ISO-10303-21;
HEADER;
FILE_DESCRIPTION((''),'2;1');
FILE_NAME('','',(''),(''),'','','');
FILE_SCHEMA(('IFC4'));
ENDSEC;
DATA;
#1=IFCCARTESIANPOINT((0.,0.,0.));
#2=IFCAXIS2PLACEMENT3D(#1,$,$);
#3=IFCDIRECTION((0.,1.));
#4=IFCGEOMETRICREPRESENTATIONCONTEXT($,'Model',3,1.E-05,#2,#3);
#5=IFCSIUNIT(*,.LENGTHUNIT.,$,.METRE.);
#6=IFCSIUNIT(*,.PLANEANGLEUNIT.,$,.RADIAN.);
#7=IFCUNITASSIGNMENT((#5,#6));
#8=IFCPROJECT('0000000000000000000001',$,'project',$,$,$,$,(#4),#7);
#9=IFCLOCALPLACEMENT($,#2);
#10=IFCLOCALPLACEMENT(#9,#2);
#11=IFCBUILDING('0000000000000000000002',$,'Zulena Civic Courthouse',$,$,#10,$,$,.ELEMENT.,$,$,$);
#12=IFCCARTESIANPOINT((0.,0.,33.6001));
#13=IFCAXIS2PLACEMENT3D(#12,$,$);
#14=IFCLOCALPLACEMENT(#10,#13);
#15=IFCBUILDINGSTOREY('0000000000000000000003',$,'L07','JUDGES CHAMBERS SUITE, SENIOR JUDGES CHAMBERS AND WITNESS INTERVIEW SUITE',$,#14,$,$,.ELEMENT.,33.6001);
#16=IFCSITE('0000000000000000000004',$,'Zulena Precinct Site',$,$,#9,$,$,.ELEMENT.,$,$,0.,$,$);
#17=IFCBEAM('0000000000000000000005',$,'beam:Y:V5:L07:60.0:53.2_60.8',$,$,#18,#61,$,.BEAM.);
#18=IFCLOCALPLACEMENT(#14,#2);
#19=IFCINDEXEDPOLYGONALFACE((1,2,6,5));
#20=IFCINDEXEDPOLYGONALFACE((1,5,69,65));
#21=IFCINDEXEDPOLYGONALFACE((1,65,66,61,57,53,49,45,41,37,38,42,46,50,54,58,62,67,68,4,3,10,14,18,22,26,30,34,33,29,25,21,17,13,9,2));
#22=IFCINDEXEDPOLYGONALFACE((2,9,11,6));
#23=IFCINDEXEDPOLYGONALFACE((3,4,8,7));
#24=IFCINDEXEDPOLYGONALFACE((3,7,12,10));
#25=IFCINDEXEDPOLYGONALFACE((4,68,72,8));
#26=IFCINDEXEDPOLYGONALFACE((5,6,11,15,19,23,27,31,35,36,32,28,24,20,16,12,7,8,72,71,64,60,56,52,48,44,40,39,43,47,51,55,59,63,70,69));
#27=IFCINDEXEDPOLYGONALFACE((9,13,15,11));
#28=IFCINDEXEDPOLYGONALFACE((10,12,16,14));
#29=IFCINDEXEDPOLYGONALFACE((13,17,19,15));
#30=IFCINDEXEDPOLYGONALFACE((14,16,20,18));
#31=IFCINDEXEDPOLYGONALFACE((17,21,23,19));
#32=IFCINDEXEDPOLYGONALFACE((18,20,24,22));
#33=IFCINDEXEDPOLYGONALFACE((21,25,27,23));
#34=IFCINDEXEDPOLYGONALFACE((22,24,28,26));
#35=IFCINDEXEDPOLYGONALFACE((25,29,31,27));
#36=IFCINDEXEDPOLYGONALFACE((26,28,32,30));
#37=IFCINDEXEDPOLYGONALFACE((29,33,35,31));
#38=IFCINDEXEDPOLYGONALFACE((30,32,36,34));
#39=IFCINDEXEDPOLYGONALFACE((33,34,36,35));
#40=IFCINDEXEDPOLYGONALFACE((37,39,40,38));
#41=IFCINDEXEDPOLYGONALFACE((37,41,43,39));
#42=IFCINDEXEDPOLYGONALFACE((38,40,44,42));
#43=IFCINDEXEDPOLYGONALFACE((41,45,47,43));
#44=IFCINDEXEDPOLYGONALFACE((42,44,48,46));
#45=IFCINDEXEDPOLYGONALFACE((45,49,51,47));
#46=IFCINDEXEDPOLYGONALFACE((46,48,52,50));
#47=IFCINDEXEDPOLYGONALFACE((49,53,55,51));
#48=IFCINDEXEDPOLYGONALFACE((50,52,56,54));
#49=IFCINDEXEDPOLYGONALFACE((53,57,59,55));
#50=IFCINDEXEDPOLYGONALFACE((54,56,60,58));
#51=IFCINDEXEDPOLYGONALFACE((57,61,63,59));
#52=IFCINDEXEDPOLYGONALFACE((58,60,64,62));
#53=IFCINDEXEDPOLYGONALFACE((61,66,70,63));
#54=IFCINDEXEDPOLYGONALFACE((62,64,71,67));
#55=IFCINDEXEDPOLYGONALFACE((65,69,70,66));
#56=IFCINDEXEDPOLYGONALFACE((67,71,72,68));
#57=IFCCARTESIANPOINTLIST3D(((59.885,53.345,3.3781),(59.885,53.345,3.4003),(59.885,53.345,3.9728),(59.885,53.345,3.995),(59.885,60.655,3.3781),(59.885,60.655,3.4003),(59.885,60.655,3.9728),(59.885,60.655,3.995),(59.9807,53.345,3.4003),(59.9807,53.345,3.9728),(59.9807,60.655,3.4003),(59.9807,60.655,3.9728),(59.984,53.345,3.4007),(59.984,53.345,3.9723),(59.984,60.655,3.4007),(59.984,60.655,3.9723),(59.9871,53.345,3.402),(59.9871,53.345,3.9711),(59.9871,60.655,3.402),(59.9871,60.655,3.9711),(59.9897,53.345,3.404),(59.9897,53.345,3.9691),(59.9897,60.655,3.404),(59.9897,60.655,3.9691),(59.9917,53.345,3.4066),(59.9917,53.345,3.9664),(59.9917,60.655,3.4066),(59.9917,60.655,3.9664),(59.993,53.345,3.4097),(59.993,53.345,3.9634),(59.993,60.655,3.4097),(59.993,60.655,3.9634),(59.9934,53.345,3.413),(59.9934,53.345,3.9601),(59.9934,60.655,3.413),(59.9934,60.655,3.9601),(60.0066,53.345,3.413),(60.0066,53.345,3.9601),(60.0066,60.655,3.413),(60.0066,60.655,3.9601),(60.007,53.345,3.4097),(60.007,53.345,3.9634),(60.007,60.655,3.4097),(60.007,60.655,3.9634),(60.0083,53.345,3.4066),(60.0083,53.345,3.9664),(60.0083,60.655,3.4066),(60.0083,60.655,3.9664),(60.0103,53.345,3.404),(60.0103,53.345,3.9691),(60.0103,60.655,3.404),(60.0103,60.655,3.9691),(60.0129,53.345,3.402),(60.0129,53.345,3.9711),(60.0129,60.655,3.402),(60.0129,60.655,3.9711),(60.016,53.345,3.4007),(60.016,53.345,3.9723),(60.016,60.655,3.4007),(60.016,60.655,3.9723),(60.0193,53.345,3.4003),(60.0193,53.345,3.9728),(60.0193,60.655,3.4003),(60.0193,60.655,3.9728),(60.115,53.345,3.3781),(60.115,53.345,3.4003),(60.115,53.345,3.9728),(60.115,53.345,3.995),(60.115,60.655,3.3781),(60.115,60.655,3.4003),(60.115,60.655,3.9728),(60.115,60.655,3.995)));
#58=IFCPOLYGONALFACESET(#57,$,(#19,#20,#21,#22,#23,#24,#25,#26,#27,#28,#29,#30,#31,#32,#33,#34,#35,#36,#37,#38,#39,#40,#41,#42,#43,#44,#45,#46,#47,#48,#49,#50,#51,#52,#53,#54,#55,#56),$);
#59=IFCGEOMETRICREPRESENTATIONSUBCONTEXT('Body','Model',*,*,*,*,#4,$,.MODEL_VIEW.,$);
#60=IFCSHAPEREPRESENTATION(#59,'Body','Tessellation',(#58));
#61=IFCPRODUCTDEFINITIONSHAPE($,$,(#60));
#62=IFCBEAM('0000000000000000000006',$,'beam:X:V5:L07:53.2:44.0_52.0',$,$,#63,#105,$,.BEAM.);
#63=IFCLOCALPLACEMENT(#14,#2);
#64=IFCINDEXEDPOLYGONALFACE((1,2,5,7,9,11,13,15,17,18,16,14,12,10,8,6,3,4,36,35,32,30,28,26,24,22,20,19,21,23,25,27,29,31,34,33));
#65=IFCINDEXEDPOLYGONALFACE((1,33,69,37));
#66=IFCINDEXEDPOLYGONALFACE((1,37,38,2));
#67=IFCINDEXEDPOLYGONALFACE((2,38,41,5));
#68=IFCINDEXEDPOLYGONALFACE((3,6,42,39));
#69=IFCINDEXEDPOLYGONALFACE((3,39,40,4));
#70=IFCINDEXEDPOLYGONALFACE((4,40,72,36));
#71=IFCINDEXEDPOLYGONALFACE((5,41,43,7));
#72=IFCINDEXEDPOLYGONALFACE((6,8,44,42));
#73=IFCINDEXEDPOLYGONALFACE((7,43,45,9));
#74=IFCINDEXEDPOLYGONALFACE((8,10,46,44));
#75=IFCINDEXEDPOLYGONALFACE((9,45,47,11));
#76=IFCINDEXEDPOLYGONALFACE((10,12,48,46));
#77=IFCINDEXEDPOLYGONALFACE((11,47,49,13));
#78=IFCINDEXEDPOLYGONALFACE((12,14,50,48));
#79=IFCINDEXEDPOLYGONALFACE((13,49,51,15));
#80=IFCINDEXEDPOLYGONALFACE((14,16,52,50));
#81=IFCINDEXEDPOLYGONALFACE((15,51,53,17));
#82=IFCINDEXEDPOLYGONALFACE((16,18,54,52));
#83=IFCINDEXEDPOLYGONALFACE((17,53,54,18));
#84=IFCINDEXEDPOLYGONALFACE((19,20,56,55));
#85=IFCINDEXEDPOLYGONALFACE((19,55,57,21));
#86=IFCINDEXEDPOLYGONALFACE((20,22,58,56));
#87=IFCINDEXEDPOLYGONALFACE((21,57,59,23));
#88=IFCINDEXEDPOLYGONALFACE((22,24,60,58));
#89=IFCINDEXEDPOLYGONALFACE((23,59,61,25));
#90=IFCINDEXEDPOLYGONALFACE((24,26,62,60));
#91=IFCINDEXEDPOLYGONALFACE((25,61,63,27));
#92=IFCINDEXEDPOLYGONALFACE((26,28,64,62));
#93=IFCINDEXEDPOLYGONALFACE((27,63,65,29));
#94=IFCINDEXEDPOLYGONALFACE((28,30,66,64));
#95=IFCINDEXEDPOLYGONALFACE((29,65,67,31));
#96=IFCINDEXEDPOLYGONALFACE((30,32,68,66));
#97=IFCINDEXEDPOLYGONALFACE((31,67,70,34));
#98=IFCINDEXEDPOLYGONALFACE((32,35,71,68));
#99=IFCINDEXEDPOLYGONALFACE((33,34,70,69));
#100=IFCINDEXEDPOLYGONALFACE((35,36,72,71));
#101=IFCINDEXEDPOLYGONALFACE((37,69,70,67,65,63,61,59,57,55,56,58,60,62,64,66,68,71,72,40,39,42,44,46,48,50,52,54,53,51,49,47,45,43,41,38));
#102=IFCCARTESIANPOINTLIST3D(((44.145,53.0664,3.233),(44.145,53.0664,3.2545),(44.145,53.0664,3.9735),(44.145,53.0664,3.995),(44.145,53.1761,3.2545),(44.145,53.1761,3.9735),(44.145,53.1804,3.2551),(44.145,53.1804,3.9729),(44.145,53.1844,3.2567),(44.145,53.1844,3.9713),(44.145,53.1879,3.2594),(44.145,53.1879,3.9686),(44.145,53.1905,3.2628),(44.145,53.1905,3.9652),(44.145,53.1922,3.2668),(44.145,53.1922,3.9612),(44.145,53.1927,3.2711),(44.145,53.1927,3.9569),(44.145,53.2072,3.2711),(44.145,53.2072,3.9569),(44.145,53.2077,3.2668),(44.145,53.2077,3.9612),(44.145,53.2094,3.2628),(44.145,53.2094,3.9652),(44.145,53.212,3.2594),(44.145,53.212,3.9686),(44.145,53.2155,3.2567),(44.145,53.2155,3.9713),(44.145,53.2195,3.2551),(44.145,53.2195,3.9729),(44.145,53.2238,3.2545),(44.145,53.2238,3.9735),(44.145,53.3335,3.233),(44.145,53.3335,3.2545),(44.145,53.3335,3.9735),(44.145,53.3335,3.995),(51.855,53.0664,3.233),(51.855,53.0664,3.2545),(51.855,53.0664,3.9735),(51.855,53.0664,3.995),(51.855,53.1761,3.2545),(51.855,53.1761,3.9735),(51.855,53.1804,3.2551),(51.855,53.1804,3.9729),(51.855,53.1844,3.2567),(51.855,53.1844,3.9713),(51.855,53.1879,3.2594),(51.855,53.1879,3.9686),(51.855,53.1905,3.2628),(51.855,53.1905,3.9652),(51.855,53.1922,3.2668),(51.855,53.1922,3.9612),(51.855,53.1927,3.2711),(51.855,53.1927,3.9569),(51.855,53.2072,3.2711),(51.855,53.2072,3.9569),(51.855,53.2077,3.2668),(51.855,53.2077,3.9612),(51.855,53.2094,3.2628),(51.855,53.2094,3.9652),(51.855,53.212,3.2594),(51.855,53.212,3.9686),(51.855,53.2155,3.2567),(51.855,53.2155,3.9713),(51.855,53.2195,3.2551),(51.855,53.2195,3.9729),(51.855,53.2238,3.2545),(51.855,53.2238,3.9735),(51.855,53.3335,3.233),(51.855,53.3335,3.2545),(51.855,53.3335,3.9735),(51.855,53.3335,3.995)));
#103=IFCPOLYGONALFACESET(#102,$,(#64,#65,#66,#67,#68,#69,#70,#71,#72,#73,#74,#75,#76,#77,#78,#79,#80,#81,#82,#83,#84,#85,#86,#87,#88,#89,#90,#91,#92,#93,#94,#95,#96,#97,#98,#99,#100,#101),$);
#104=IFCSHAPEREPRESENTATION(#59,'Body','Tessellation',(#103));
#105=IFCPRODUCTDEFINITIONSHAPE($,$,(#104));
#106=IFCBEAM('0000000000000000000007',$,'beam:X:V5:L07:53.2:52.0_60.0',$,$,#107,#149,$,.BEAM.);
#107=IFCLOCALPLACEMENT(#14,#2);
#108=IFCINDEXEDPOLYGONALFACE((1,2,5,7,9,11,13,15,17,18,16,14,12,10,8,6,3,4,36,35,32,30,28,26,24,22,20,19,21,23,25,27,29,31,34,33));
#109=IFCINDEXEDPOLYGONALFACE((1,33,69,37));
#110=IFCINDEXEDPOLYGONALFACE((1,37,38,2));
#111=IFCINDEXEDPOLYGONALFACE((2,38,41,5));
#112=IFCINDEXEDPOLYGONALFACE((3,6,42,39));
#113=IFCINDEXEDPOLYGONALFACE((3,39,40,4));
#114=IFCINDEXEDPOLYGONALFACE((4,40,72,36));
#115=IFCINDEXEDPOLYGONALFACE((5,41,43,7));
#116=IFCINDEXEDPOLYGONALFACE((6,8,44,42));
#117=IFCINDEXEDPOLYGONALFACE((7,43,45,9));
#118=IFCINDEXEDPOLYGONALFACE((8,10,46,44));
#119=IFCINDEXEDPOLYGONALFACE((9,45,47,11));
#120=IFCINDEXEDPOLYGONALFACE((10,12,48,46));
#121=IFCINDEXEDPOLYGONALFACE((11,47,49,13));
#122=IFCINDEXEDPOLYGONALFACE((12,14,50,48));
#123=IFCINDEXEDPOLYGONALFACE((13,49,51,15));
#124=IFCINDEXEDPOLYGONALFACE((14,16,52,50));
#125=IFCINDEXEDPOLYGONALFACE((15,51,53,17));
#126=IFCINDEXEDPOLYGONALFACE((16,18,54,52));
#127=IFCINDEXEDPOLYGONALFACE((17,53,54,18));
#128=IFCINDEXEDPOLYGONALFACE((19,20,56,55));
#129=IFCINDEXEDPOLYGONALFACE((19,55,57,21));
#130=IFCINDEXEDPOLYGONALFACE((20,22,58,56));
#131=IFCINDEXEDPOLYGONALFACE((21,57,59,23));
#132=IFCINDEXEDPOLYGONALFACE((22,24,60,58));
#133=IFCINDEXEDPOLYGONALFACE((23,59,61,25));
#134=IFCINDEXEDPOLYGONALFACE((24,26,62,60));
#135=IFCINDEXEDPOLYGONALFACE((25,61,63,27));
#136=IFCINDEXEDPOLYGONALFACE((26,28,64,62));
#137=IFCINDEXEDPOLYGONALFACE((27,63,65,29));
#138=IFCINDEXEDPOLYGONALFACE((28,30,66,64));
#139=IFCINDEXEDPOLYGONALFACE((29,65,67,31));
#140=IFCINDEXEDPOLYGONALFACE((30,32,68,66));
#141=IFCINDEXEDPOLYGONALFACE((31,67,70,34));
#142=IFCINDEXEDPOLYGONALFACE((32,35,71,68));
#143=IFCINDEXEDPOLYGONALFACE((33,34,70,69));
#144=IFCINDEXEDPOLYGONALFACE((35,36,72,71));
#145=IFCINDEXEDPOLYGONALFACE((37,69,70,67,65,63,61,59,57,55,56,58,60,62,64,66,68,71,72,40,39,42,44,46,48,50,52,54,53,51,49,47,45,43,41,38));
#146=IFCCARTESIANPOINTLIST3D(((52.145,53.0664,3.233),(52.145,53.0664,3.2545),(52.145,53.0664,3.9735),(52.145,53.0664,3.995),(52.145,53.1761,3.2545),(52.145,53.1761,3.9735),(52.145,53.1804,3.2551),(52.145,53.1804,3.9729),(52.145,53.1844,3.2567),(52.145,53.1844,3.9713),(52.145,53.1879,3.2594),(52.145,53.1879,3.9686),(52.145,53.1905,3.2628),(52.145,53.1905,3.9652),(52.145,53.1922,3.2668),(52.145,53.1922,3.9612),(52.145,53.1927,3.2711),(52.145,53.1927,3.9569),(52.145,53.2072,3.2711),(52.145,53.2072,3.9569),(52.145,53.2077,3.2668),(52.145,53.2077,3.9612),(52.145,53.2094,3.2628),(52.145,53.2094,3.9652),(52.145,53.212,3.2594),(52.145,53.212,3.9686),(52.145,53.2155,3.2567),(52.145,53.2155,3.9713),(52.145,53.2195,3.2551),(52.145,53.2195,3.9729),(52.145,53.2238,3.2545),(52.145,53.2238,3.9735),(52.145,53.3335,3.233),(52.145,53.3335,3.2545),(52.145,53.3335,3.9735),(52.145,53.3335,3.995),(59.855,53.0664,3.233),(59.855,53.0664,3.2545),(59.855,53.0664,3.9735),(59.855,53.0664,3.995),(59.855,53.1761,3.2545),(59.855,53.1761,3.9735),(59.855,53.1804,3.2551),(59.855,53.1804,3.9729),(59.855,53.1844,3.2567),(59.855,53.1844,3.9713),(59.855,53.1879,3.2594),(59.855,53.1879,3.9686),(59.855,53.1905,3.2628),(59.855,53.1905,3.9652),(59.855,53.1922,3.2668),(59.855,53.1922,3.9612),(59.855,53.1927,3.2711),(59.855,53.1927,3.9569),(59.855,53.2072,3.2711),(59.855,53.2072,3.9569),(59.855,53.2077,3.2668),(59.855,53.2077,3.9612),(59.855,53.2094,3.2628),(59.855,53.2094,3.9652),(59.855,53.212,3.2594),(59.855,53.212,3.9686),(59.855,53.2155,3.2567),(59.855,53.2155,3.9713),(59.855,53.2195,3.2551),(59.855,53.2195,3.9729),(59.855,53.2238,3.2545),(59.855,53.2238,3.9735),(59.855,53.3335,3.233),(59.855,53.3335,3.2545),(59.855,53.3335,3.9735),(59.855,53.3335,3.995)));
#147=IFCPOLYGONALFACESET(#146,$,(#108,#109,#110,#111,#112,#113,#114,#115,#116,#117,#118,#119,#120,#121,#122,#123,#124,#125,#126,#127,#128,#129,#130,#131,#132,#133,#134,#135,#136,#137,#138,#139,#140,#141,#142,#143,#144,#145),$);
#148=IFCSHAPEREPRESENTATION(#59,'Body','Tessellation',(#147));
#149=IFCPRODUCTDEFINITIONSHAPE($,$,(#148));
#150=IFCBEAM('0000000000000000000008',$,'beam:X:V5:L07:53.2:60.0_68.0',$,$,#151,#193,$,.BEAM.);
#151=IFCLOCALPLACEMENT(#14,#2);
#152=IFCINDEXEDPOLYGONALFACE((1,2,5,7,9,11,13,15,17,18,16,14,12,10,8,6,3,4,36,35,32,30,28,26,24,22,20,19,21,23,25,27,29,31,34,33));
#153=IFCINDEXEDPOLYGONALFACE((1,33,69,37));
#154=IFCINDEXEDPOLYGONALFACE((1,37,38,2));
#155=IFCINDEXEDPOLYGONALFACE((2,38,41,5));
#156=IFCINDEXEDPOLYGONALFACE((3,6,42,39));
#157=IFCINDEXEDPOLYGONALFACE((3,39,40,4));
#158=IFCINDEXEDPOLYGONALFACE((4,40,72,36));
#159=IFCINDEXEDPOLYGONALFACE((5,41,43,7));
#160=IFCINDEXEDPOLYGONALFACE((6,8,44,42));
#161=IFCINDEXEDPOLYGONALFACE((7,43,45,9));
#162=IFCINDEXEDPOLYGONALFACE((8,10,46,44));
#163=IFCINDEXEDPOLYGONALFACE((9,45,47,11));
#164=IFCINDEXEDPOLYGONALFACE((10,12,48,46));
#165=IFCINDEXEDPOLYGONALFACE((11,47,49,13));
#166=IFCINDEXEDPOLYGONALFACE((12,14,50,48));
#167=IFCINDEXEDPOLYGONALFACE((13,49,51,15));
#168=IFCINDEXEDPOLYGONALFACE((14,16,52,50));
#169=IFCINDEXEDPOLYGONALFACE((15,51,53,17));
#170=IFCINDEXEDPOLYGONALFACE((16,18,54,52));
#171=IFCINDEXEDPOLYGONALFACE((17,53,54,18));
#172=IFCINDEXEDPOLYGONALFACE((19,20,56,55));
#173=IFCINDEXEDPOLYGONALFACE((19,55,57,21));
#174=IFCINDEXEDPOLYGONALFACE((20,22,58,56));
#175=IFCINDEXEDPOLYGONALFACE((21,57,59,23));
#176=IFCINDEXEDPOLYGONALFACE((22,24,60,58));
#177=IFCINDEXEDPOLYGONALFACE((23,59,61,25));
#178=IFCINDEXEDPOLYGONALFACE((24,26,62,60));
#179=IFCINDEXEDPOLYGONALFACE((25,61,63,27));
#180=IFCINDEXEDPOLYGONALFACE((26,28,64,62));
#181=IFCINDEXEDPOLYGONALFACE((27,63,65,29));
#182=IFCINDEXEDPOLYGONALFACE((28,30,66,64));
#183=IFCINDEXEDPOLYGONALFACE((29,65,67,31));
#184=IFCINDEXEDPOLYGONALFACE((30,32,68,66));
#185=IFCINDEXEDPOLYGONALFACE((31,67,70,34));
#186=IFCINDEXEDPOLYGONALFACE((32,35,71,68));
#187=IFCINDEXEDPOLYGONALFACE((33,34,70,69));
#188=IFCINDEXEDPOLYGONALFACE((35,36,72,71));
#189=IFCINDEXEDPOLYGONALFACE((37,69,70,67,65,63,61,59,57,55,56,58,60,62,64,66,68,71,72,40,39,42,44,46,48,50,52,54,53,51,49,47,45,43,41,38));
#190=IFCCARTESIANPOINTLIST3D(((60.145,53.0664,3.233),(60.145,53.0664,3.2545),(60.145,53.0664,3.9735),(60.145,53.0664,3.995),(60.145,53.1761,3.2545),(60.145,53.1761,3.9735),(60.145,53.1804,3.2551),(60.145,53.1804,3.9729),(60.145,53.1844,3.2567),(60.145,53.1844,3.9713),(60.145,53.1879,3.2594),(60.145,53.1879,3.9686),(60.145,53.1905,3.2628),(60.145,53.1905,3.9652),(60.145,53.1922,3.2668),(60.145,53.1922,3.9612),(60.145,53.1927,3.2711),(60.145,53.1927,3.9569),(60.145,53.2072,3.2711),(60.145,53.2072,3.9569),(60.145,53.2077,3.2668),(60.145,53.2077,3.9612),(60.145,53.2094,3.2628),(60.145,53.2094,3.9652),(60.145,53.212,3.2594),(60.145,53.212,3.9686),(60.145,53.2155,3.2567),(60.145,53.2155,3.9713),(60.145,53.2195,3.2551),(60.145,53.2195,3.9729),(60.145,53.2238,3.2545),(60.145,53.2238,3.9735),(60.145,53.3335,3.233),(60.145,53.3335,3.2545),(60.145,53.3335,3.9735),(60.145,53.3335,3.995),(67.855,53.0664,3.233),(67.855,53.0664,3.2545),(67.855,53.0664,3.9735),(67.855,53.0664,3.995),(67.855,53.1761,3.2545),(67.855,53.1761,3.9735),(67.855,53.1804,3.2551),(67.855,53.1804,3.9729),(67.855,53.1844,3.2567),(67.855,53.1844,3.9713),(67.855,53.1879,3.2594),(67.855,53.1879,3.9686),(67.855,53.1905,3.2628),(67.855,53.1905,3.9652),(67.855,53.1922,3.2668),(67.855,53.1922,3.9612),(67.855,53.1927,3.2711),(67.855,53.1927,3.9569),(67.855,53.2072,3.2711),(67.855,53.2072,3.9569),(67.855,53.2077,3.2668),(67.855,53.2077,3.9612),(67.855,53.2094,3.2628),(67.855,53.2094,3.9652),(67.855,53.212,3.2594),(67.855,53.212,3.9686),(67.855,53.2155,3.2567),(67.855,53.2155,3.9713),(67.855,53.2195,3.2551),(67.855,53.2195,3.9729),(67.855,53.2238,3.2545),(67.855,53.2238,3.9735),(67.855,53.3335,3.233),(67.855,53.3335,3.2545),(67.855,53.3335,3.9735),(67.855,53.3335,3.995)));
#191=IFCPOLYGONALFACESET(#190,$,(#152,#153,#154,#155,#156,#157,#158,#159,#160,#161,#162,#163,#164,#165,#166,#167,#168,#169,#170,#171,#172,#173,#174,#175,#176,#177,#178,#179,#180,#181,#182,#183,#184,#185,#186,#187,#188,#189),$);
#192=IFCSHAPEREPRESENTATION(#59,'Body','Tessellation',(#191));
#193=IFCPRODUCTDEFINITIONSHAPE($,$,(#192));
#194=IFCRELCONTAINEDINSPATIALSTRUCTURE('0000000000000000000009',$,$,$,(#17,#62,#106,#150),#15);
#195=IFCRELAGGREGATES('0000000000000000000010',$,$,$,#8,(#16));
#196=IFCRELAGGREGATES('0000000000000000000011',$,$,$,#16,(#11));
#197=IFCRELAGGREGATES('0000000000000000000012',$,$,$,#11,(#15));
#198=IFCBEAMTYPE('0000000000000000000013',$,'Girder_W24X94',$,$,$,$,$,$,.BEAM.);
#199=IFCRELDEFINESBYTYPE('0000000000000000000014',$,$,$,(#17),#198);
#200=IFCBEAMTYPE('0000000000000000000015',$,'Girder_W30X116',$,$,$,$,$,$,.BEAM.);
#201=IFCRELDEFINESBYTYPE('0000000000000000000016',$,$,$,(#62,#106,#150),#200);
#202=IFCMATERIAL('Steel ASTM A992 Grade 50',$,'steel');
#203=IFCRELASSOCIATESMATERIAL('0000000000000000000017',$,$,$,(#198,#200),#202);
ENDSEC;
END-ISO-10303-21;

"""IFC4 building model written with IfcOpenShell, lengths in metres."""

from ifc_helpers import new_model, si_unit, direction, frame, origin, origin_2d, place, context, subcontext, project, spatial, i_section, extrude, material, material_profile, profile_set, type_object, element, save


model = new_model("IFC4")

# Units and contexts
model_context = context("Model", 3, precision=1e-05, world=origin(), true_north=direction((0.0, 1.0)))
body_context = subcontext(model_context, "Body", "Model", "MODEL_VIEW")
ifc_project = project(units=[si_unit("LENGTHUNIT", "METRE"), si_unit("PLANEANGLEUNIT", "RADIAN")], contexts=[model_context])

# Site, building, storey
site_placement = place(None, origin())
site = spatial("IfcSite", under=ifc_project, at=site_placement, Name="Zulena Precinct Site", CompositionType="ELEMENT", RefElevation=0.0)
building_placement = place(site_placement, origin())
building = spatial("IfcBuilding", under=site, at=building_placement, Name="Zulena Civic Courthouse", CompositionType="ELEMENT")
storey_placement = place(building_placement, frame((0.0, 0.0, 33.6001)))
storey = spatial("IfcBuildingStorey", under=building, at=storey_placement, Name="L07", Description="JUDGES CHAMBERS SUITE, SENIOR JUDGES CHAMBERS AND WITNESS INTERVIEW SUITE", CompositionType="ELEMENT", Elevation=33.6001)

# Shared definitions
ifc_material_1 = material(Name="Steel ASTM A992 Grade 50", Category="steel")

# Beams
ifc_material_profile_1 = material_profile(ifc_material_1, i_section(OverallWidth=0.23, OverallDepth=0.6169, WebThickness=0.0132, FlangeThickness=0.0222, FilletRadius=0.0127, at=origin_2d()), Name="W24X94")
ifc_profile_set_1 = profile_set([ifc_material_profile_1], Name="Steel ASTM A992 Grade 50")
beam_type_1 = type_object("IfcBeamType", Name="Girder_W24X94", PredefinedType="BEAM", material=ifc_profile_set_1)
for number, where, z_axis, x_axis, name in (
    (1, (60.0, 53.345, 3.6865), (0.0, 1.0, 0.0), (-1.0, 0.0, 0.0), "beam:Y:V5:L07:60.0:53.2_60.8"),
):
    element("IfcBeam", number, at=place(storey_placement, frame(where, z_axis=z_axis, x_axis=x_axis)), inside=storey, type_object=beam_type_1, Name=name, PredefinedType="BEAM", context=body_context, shape_type="SweptSolid", body=[
        extrude(i_section(OverallWidth=0.23, OverallDepth=0.6169, WebThickness=0.0132, FlangeThickness=0.0222, FilletRadius=0.0127, at=origin_2d()), origin(), (0.0, 0.0, 1.0), 7.3101),
    ])
ifc_material_profile_2 = material_profile(ifc_material_1, i_section(OverallWidth=0.2671, OverallDepth=0.762, WebThickness=0.0144, FlangeThickness=0.0215, FilletRadius=0.0166, at=origin_2d()), Name="W30X116")
ifc_profile_set_2 = profile_set([ifc_material_profile_2], Name="Steel ASTM A992 Grade 50")
beam_type_2 = type_object("IfcBeamType", Name="Girder_W30X116", PredefinedType="BEAM", material=ifc_profile_set_2)
for number, where, z_axis, x_axis, name in (
    (2, (44.145, 53.2, 3.614), (1.0, 0.0, 0.0), (0.0, 1.0, 0.0), "beam:X:V5:L07:53.2:44.0_52.0"),
    (3, (52.145, 53.2, 3.614), (1.0, 0.0, 0.0), (0.0, 1.0, 0.0), "beam:X:V5:L07:53.2:52.0_60.0"),
    (4, (60.145, 53.2, 3.614), (1.0, 0.0, 0.0), (0.0, 1.0, 0.0), "beam:X:V5:L07:53.2:60.0_68.0"),
):
    element("IfcBeam", number, at=place(storey_placement, frame(where, z_axis=z_axis, x_axis=x_axis)), inside=storey, type_object=beam_type_2, Name=name, PredefinedType="BEAM", context=body_context, shape_type="SweptSolid", body=[
        extrude(i_section(OverallWidth=0.2671, OverallDepth=0.762, WebThickness=0.0144, FlangeThickness=0.0215, FilletRadius=0.0166, at=origin_2d()), origin(), (0.0, 0.0, 1.0), 7.71),
    ])

save(model, "model.ifc")
